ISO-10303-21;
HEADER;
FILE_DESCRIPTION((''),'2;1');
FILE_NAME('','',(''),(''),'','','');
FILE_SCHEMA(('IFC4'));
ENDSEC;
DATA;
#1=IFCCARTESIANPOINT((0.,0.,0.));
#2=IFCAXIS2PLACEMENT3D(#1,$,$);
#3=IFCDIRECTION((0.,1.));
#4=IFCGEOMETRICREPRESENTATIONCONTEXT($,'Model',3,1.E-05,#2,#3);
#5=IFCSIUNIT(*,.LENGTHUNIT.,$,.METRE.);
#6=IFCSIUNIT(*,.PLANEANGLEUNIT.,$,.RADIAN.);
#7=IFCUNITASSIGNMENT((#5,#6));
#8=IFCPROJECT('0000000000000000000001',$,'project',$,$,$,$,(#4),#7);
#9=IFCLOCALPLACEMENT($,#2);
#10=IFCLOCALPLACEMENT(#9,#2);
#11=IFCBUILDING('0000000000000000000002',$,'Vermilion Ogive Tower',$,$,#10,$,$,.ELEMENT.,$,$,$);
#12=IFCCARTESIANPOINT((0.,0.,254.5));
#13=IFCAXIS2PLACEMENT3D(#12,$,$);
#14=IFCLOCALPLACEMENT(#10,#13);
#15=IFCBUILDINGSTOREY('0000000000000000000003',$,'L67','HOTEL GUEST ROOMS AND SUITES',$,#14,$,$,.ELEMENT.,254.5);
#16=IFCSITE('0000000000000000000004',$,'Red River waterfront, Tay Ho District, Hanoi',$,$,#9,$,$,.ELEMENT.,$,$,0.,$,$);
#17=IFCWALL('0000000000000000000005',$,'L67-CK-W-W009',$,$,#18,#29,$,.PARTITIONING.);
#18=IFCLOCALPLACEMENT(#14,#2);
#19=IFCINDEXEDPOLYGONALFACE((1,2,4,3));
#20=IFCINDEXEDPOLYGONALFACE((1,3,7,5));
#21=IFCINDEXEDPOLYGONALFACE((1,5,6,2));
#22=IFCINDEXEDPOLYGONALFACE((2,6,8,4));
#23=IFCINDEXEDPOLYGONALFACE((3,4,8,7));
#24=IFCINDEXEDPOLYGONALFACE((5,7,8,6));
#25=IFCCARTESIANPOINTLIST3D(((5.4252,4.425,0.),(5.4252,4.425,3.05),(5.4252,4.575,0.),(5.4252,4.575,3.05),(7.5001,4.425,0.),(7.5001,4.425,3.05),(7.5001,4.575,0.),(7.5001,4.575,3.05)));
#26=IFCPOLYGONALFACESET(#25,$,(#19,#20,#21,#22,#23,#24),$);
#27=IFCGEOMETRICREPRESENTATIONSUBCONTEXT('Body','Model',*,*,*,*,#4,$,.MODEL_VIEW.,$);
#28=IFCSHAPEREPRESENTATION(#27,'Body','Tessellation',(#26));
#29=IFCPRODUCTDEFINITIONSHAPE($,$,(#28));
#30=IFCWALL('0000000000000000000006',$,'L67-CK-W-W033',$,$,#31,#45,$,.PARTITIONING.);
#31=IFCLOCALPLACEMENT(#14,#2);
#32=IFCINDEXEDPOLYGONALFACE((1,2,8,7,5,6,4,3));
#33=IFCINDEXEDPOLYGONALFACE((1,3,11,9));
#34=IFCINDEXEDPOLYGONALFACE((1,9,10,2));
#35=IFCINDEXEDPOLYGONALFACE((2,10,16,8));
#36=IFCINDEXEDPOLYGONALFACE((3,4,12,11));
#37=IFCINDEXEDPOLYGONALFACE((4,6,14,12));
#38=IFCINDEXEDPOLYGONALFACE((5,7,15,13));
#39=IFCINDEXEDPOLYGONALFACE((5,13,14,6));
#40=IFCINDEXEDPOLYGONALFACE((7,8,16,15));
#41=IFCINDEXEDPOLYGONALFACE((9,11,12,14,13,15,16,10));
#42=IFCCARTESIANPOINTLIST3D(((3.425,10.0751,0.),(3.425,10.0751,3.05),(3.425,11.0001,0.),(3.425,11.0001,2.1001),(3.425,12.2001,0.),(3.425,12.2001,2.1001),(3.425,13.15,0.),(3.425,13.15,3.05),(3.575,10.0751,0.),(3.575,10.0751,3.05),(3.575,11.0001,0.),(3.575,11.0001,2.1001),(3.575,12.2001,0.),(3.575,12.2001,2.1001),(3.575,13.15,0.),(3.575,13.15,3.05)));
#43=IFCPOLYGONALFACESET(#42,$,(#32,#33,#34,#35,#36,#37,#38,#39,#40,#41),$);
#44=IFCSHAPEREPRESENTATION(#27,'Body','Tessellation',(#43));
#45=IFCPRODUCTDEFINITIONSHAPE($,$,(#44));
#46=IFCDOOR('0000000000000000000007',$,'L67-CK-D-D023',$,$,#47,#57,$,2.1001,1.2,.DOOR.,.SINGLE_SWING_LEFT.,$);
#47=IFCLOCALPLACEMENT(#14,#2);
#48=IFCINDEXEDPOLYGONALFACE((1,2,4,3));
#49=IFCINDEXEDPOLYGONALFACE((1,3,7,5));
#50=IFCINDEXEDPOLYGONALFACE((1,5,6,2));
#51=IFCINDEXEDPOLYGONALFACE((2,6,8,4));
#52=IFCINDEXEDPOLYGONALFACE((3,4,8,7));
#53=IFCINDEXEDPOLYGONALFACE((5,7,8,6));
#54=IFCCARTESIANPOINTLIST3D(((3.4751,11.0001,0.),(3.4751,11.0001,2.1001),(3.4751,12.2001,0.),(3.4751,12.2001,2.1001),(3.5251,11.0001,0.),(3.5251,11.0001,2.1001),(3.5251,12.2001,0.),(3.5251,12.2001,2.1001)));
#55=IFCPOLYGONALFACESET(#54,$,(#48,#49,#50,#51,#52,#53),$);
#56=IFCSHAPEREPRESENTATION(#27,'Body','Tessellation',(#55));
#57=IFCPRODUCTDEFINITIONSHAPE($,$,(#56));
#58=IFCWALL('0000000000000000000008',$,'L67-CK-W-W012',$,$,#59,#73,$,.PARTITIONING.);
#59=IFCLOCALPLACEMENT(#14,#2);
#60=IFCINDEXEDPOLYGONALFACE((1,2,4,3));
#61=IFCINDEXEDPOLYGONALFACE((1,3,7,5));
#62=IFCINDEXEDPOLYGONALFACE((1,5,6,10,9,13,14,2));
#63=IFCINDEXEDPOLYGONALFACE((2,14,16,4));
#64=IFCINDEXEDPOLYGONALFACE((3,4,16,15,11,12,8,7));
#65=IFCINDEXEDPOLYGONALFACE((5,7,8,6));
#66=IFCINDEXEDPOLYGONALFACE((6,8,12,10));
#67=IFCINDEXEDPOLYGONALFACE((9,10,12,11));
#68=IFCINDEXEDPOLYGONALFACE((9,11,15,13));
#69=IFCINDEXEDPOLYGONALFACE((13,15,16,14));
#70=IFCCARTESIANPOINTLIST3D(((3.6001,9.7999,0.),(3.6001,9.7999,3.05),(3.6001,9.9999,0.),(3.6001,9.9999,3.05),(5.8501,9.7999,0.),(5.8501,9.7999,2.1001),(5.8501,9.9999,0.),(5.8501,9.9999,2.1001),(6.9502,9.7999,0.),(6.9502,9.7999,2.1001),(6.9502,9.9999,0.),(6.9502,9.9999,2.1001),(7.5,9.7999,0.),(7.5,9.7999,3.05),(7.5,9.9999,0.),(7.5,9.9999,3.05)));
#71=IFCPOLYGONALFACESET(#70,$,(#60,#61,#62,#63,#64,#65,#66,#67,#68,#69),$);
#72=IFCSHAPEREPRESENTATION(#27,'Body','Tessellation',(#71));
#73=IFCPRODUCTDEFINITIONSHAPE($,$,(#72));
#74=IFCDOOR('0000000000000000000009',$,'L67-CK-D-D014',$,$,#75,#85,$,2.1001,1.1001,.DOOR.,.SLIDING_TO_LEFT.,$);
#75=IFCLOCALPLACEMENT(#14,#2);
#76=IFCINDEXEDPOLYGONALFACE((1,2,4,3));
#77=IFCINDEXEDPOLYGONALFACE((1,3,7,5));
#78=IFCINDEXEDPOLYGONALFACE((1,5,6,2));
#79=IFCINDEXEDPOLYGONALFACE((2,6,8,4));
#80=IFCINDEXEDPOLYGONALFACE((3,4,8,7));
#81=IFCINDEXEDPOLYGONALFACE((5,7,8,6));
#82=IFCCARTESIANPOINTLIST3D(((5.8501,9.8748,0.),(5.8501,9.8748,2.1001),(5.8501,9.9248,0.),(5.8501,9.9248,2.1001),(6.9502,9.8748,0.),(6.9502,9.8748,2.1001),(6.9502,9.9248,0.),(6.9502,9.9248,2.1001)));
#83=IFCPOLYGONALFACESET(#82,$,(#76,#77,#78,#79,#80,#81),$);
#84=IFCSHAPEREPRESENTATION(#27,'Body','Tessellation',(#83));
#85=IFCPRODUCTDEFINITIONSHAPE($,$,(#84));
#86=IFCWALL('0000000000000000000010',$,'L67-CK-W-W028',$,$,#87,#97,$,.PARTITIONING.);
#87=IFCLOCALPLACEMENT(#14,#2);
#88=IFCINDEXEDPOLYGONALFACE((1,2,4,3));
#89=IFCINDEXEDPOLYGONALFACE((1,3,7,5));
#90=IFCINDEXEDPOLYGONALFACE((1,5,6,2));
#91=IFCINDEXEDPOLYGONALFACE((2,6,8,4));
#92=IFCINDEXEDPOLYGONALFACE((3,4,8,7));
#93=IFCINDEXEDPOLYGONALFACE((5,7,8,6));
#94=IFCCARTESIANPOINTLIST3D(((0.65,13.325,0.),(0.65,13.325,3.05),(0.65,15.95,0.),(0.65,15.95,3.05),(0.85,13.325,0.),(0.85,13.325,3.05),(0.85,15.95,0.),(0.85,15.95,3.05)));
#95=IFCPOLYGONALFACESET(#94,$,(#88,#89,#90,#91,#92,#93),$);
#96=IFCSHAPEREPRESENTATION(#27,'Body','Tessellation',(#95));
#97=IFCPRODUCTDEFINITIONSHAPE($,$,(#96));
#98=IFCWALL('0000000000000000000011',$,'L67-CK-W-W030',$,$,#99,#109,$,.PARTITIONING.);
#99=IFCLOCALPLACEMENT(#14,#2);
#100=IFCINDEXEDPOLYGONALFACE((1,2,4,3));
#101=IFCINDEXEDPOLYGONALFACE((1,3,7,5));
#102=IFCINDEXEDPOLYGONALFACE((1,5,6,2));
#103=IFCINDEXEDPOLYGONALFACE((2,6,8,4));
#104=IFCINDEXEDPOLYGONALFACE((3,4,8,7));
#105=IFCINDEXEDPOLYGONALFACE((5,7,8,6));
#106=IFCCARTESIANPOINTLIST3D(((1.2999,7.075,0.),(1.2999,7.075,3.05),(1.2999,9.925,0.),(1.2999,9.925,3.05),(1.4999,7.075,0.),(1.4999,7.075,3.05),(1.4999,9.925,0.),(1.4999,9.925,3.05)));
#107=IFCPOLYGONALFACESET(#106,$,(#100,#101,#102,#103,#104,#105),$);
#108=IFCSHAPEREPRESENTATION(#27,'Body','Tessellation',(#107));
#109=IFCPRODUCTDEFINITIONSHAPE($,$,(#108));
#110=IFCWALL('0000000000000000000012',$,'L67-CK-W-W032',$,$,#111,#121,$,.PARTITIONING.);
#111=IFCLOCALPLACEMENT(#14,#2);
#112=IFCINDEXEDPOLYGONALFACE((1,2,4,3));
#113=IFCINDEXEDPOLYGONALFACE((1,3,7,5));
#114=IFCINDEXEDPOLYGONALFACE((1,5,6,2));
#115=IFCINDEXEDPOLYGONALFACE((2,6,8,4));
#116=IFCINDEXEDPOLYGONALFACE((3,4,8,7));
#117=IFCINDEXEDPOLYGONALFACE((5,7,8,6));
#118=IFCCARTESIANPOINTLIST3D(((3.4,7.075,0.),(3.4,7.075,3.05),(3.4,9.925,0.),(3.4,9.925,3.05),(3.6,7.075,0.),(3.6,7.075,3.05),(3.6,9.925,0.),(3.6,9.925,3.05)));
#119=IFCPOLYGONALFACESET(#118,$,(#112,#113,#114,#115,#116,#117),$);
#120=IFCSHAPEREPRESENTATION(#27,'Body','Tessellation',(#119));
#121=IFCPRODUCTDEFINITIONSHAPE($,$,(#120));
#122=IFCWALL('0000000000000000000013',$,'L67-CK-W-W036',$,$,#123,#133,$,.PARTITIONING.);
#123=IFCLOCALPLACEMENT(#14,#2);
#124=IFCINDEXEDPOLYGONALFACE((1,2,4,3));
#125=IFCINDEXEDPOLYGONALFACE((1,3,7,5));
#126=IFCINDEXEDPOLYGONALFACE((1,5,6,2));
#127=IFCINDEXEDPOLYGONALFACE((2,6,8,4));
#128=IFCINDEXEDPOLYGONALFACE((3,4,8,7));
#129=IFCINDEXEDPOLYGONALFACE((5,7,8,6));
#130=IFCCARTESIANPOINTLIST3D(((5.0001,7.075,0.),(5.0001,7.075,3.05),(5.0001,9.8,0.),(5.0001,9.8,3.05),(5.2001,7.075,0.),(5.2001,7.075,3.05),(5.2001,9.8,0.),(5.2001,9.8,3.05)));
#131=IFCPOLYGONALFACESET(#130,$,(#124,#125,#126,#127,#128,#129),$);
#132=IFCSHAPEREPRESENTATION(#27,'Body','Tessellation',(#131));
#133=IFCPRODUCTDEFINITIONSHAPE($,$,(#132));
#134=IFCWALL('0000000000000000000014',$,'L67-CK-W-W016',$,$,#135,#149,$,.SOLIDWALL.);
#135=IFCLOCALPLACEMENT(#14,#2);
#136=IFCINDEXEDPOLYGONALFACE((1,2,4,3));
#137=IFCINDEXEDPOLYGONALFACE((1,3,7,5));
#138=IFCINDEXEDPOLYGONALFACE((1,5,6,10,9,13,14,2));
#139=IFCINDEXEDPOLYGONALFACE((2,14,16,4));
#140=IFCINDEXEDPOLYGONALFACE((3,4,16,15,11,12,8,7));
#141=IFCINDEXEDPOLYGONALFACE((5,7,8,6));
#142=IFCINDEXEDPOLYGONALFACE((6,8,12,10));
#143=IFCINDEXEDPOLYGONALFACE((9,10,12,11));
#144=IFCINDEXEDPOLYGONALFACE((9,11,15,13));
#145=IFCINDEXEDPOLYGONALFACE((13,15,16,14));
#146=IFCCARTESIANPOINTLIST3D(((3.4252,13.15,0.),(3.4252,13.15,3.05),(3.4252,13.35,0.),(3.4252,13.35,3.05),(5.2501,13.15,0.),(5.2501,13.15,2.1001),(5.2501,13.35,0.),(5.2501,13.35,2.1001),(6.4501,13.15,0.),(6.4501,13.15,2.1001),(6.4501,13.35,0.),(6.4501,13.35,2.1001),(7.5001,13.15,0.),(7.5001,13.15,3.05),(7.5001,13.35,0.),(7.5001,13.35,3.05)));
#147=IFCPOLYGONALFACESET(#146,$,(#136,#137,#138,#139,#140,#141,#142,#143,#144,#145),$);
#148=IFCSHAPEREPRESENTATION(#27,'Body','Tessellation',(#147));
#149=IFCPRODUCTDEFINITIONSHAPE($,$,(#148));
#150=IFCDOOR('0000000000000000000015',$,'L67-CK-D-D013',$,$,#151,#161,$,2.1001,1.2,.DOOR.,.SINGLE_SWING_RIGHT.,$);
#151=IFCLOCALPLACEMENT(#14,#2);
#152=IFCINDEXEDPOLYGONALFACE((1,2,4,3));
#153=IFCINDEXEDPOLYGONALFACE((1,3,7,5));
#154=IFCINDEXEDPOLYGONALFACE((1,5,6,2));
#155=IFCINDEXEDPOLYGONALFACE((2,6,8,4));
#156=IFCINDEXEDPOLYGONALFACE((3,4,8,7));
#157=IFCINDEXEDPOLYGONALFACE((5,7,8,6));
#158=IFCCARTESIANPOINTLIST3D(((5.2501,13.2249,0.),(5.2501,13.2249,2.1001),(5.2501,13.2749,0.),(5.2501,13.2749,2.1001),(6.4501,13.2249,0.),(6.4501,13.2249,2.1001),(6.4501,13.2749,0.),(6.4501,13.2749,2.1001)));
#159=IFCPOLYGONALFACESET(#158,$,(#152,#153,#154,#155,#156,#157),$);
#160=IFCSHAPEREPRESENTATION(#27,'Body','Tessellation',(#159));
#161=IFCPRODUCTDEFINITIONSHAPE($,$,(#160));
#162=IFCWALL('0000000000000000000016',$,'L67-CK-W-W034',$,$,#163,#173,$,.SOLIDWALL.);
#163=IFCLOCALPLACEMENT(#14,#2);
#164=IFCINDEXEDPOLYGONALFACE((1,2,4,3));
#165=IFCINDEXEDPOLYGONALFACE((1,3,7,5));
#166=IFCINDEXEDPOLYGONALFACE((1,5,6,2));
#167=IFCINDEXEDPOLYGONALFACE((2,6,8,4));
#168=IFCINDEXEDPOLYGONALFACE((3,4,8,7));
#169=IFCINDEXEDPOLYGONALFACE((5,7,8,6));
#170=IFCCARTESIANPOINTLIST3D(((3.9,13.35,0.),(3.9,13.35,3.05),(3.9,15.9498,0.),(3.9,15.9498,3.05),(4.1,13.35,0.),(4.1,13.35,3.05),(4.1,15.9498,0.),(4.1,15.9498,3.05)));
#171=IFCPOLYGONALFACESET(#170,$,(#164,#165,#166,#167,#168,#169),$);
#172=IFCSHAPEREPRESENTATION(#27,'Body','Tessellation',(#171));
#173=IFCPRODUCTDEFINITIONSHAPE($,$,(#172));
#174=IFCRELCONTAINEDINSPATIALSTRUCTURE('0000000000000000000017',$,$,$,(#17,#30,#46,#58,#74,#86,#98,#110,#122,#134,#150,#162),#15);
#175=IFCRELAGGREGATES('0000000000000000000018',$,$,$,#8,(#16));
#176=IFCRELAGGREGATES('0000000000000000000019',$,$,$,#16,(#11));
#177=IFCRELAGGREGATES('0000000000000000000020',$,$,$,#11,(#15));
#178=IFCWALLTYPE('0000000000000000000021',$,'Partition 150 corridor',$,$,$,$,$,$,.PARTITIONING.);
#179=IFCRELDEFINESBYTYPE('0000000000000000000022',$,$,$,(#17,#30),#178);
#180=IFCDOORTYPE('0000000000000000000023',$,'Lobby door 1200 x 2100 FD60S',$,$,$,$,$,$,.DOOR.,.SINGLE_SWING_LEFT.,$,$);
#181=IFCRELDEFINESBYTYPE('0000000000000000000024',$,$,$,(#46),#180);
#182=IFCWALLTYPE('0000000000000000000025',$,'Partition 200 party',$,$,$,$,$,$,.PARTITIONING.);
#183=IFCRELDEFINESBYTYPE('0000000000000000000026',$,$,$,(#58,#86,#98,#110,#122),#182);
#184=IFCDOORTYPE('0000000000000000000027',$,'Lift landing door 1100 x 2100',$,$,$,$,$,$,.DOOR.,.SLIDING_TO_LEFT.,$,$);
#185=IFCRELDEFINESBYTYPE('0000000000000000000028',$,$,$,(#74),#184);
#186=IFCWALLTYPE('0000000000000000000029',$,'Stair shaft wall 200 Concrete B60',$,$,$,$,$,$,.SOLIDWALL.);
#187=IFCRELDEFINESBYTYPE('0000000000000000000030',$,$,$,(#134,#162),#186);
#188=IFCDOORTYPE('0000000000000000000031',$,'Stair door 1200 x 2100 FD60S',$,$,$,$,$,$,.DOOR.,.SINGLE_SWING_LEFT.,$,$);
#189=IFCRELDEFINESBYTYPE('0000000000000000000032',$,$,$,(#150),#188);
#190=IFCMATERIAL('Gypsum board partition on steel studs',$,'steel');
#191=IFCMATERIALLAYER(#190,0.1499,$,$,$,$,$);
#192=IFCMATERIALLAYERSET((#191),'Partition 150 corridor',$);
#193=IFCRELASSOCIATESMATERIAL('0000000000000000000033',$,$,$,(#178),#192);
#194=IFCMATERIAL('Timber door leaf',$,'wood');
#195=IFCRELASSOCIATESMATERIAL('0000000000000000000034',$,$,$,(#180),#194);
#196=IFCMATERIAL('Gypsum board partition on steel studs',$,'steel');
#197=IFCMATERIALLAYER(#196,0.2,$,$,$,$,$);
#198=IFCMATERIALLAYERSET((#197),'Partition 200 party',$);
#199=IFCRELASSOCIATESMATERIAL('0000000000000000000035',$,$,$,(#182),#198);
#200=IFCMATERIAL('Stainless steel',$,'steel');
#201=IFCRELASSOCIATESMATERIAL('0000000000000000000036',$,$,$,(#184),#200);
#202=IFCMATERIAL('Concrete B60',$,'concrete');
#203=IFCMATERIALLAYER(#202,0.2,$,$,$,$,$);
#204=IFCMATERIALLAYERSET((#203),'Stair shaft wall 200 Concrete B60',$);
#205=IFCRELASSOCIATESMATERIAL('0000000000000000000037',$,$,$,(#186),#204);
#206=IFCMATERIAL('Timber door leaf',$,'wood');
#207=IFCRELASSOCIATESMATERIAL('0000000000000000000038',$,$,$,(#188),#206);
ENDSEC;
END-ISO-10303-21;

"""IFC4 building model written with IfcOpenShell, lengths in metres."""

from ifc_helpers import new_model, si_unit, direction, frame, frame_2d, origin, place, context, subcontext, project, spatial, rectangle, extrude, material, layer, layer_set, type_object, element, fill, save


model = new_model("IFC4")

# Units and contexts
model_context = context("Model", 3, precision=1e-05, world=origin(), true_north=direction((0.0, 1.0)))
body_context = subcontext(model_context, "Body", "Model", "MODEL_VIEW")
ifc_project = project(units=[si_unit("LENGTHUNIT", "METRE"), si_unit("PLANEANGLEUNIT", "RADIAN")], contexts=[model_context])

# Site, building, storey
site_placement = place(None, origin())
site = spatial("IfcSite", under=ifc_project, at=site_placement, Name="Red River waterfront, Tay Ho District, Hanoi", CompositionType="ELEMENT", RefElevation=0.0)
building_placement = place(site_placement, origin())
building = spatial("IfcBuilding", under=site, at=building_placement, Name="Vermilion Ogive Tower", CompositionType="ELEMENT")
storey_placement = place(building_placement, frame((0.0, 0.0, 254.5)))
storey = spatial("IfcBuildingStorey", under=building, at=storey_placement, Name="L67", Description="HOTEL GUEST ROOMS AND SUITES", CompositionType="ELEMENT", Elevation=254.5)

# Wall
ifc_material_1 = material(Name="Gypsum board partition on steel studs", Category="steel")
ifc_layer_1 = layer(ifc_material_1, 0.1499)
ifc_layer_set_1 = layer_set([ifc_layer_1], Name="Partition 150 corridor")
wall_type_1 = type_object("IfcWallType", Name="Partition 150 corridor", PredefinedType="PARTITIONING", material=ifc_layer_set_1)
wall_1_placement = place(storey_placement, frame((5.425, 4.5, 0.0), z_axis=(0.0, 0.0, 1.0), x_axis=(1.0, 0.0, 0.0)))
element("IfcWall", 1, at=wall_1_placement, inside=storey, type_object=wall_type_1, Name="L67-CK-W-W009", PredefinedType="PARTITIONING", context=body_context, shape_type="SweptSolid", body=[
    extrude(rectangle(XDim=2.075, YDim=0.1499, at=frame_2d((1.0376, 0.0))), origin(), (0.0, 0.0, 1.0), 3.05),
])

# Walls, openings, doors
wall_2_placement = place(storey_placement, frame((3.5, 10.075, 0.0), z_axis=(0.0, 0.0, 1.0), x_axis=(0.0, 1.0, 0.0)))
wall_2 = element("IfcWall", 2, at=wall_2_placement, inside=storey, type_object=wall_type_1, Name="L67-CK-W-W033", PredefinedType="PARTITIONING", context=body_context, shape_type="SweptSolid", body=[
    extrude(rectangle(XDim=3.075, YDim=0.1499, at=frame_2d((1.5376, 0.0))), origin(), (0.0, 0.0, 1.0), 3.05),
])
opening_1_placement = place(wall_2_placement, frame((0.925, 0.0, 0.0)))
opening_1 = element("IfcOpeningElement", 3, at=opening_1_placement, cuts=wall_2, PredefinedType="OPENING", context=body_context, shape_type="SweptSolid", body=[
    extrude(rectangle(XDim=1.2, YDim=2.1001, at=frame_2d((0.6001, 1.05))), frame((0.0, 0.085, 0.0), z_axis=(0.0, -1.0, 0.0), x_axis=(1.0, 0.0, 0.0)), (0.0, 0.0, 1.0), 0.1699),
])
ifc_material_2 = material(Name="Timber door leaf", Category="wood")
door_type_1 = type_object("IfcDoorType", Name="Lobby door 1200 x 2100 FD60S", OperationType="SINGLE_SWING_LEFT", PredefinedType="DOOR", material=ifc_material_2)
door_1_placement = place(opening_1_placement, origin())
door_1 = element("IfcDoor", 4, at=door_1_placement, inside=storey, type_object=door_type_1, Name="L67-CK-D-D023", OperationType="SINGLE_SWING_LEFT", OverallHeight=2.1001, OverallWidth=1.2, PredefinedType="DOOR", context=body_context, shape_type="SweptSolid", body=[
    extrude(rectangle(XDim=1.2, YDim=2.1001, at=frame_2d((0.6001, 1.05))), frame((0.0, 0.0249, 0.0), z_axis=(0.0, -1.0, 0.0), x_axis=(1.0, 0.0, 0.0)), (0.0, 0.0, 1.0), 0.05),
])
fill(opening_1, door_1)
ifc_material_3 = material(Name="Gypsum board partition on steel studs", Category="steel")
ifc_layer_2 = layer(ifc_material_3, 0.2)
ifc_layer_set_2 = layer_set([ifc_layer_2], Name="Partition 200 party")
wall_type_2 = type_object("IfcWallType", Name="Partition 200 party", PredefinedType="PARTITIONING", material=ifc_layer_set_2)
wall_3_placement = place(storey_placement, frame((3.6001, 9.8999, 0.0), z_axis=(0.0, 0.0, 1.0), x_axis=(1.0, 0.0, 0.0)))
wall_3 = element("IfcWall", 5, at=wall_3_placement, inside=storey, type_object=wall_type_2, Name="L67-CK-W-W012", PredefinedType="PARTITIONING", context=body_context, shape_type="SweptSolid", body=[
    extrude(rectangle(XDim=3.8999, YDim=0.2, at=frame_2d((1.95, 0.0))), origin(), (0.0, 0.0, 1.0), 3.05),
])
opening_2_placement = place(wall_3_placement, frame((2.25, 0.0, 0.0)))
opening_2 = element("IfcOpeningElement", 6, at=opening_2_placement, cuts=wall_3, PredefinedType="OPENING", context=body_context, shape_type="SweptSolid", body=[
    extrude(rectangle(XDim=1.1001, YDim=2.1001, at=frame_2d((0.55, 1.05))), frame((0.0, 0.1099, 0.0), z_axis=(0.0, -1.0, 0.0), x_axis=(1.0, 0.0, 0.0)), (0.0, 0.0, 1.0), 0.22),
])
ifc_material_4 = material(Name="Stainless steel", Category="steel")
door_type_2 = type_object("IfcDoorType", Name="Lift landing door 1100 x 2100", OperationType="SLIDING_TO_LEFT", PredefinedType="DOOR", material=ifc_material_4)
door_2_placement = place(opening_2_placement, origin())
door_2 = element("IfcDoor", 7, at=door_2_placement, inside=storey, type_object=door_type_2, Name="L67-CK-D-D014", OperationType="SLIDING_TO_LEFT", OverallHeight=2.1001, OverallWidth=1.1001, PredefinedType="DOOR", context=body_context, shape_type="SweptSolid", body=[
    extrude(rectangle(XDim=1.1001, YDim=2.1001, at=frame_2d((0.55, 1.05))), frame((0.0, 0.0249, 0.0), z_axis=(0.0, -1.0, 0.0), x_axis=(1.0, 0.0, 0.0)), (0.0, 0.0, 1.0), 0.05),
])
fill(opening_2, door_2)

# Walls
wall_4_placement = place(storey_placement, frame((0.75, 13.325, 0.0), z_axis=(0.0, 0.0, 1.0), x_axis=(0.0, 1.0, 0.0)))
element("IfcWall", 8, at=wall_4_placement, inside=storey, type_object=wall_type_2, Name="L67-CK-W-W028", PredefinedType="PARTITIONING", context=body_context, shape_type="SweptSolid", body=[
    extrude(rectangle(XDim=2.625, YDim=0.2, at=frame_2d((1.3125, 0.0))), origin(), (0.0, 0.0, 1.0), 3.05),
])
for number, where, z_axis, x_axis, name in (
    (9, (1.3999, 7.075, 0.0), (0.0, 0.0, 1.0), (0.0, 1.0, 0.0), "L67-CK-W-W030"),
    (10, (3.5, 7.075, 0.0), (0.0, 0.0, 1.0), (0.0, 1.0, 0.0), "L67-CK-W-W032"),
):
    element("IfcWall", number, at=place(storey_placement, frame(where, z_axis=z_axis, x_axis=x_axis)), inside=storey, type_object=wall_type_2, Name=name, PredefinedType="PARTITIONING", context=body_context, shape_type="SweptSolid", body=[
        extrude(rectangle(XDim=2.8501, YDim=0.2, at=frame_2d((1.425, 0.0))), origin(), (0.0, 0.0, 1.0), 3.05),
    ])
wall_5_placement = place(storey_placement, frame((5.1001, 7.075, 0.0), z_axis=(0.0, 0.0, 1.0), x_axis=(0.0, 1.0, 0.0)))
element("IfcWall", 11, at=wall_5_placement, inside=storey, type_object=wall_type_2, Name="L67-CK-W-W036", PredefinedType="PARTITIONING", context=body_context, shape_type="SweptSolid", body=[
    extrude(rectangle(XDim=2.7251, YDim=0.2, at=frame_2d((1.3625, 0.0))), origin(), (0.0, 0.0, 1.0), 3.05),
])

# Wall, opening, door
ifc_material_5 = material(Name="Concrete B60", Category="concrete")
ifc_layer_3 = layer(ifc_material_5, 0.2)
ifc_layer_set_3 = layer_set([ifc_layer_3], Name="Stair shaft wall 200 Concrete B60")
wall_type_3 = type_object("IfcWallType", Name="Stair shaft wall 200 Concrete B60", PredefinedType="SOLIDWALL", material=ifc_layer_set_3)
wall_6_placement = place(storey_placement, frame((3.425, 13.25, 0.0), z_axis=(0.0, 0.0, 1.0), x_axis=(1.0, 0.0, 0.0)))
wall_6 = element("IfcWall", 12, at=wall_6_placement, inside=storey, type_object=wall_type_3, Name="L67-CK-W-W016", PredefinedType="SOLIDWALL", context=body_context, shape_type="SweptSolid", body=[
    extrude(rectangle(XDim=4.075, YDim=0.2, at=frame_2d((2.0376, 0.0))), origin(), (0.0, 0.0, 1.0), 3.05),
])
opening_3_placement = place(wall_6_placement, frame((1.825, 0.0, 0.0)))
opening_3 = element("IfcOpeningElement", 13, at=opening_3_placement, cuts=wall_6, PredefinedType="OPENING", context=body_context, shape_type="SweptSolid", body=[
    extrude(rectangle(XDim=1.2, YDim=2.1001, at=frame_2d((0.6001, 1.05))), frame((0.0, 0.1099, 0.0), z_axis=(0.0, -1.0, 0.0), x_axis=(1.0, 0.0, 0.0)), (0.0, 0.0, 1.0), 0.22),
])
ifc_material_6 = material(Name="Timber door leaf", Category="wood")
door_type_3 = type_object("IfcDoorType", Name="Stair door 1200 x 2100 FD60S", OperationType="SINGLE_SWING_LEFT", PredefinedType="DOOR", material=ifc_material_6)
door_3_placement = place(opening_3_placement, origin())
door_3 = element("IfcDoor", 14, at=door_3_placement, inside=storey, type_object=door_type_3, Name="L67-CK-D-D013", OperationType="SINGLE_SWING_RIGHT", OverallHeight=2.1001, OverallWidth=1.2, PredefinedType="DOOR", context=body_context, shape_type="SweptSolid", body=[
    extrude(rectangle(XDim=1.2, YDim=2.1001, at=frame_2d((0.6001, 1.05))), frame((0.0, 0.0249, 0.0), z_axis=(0.0, -1.0, 0.0), x_axis=(1.0, 0.0, 0.0)), (0.0, 0.0, 1.0), 0.05),
])
fill(opening_3, door_3)

# Wall
wall_7_placement = place(storey_placement, frame((4.0, 13.3501, 0.0), z_axis=(0.0, 0.0, 1.0), x_axis=(0.0, 1.0, 0.0)))
element("IfcWall", 15, at=wall_7_placement, inside=storey, type_object=wall_type_3, Name="L67-CK-W-W034", PredefinedType="SOLIDWALL", context=body_context, shape_type="SweptSolid", body=[
    extrude(rectangle(XDim=2.5999, YDim=0.2, at=frame_2d((1.2998, 0.0))), origin(), (0.0, 0.0, 1.0), 3.05),
])

save(model, "model.ifc")
